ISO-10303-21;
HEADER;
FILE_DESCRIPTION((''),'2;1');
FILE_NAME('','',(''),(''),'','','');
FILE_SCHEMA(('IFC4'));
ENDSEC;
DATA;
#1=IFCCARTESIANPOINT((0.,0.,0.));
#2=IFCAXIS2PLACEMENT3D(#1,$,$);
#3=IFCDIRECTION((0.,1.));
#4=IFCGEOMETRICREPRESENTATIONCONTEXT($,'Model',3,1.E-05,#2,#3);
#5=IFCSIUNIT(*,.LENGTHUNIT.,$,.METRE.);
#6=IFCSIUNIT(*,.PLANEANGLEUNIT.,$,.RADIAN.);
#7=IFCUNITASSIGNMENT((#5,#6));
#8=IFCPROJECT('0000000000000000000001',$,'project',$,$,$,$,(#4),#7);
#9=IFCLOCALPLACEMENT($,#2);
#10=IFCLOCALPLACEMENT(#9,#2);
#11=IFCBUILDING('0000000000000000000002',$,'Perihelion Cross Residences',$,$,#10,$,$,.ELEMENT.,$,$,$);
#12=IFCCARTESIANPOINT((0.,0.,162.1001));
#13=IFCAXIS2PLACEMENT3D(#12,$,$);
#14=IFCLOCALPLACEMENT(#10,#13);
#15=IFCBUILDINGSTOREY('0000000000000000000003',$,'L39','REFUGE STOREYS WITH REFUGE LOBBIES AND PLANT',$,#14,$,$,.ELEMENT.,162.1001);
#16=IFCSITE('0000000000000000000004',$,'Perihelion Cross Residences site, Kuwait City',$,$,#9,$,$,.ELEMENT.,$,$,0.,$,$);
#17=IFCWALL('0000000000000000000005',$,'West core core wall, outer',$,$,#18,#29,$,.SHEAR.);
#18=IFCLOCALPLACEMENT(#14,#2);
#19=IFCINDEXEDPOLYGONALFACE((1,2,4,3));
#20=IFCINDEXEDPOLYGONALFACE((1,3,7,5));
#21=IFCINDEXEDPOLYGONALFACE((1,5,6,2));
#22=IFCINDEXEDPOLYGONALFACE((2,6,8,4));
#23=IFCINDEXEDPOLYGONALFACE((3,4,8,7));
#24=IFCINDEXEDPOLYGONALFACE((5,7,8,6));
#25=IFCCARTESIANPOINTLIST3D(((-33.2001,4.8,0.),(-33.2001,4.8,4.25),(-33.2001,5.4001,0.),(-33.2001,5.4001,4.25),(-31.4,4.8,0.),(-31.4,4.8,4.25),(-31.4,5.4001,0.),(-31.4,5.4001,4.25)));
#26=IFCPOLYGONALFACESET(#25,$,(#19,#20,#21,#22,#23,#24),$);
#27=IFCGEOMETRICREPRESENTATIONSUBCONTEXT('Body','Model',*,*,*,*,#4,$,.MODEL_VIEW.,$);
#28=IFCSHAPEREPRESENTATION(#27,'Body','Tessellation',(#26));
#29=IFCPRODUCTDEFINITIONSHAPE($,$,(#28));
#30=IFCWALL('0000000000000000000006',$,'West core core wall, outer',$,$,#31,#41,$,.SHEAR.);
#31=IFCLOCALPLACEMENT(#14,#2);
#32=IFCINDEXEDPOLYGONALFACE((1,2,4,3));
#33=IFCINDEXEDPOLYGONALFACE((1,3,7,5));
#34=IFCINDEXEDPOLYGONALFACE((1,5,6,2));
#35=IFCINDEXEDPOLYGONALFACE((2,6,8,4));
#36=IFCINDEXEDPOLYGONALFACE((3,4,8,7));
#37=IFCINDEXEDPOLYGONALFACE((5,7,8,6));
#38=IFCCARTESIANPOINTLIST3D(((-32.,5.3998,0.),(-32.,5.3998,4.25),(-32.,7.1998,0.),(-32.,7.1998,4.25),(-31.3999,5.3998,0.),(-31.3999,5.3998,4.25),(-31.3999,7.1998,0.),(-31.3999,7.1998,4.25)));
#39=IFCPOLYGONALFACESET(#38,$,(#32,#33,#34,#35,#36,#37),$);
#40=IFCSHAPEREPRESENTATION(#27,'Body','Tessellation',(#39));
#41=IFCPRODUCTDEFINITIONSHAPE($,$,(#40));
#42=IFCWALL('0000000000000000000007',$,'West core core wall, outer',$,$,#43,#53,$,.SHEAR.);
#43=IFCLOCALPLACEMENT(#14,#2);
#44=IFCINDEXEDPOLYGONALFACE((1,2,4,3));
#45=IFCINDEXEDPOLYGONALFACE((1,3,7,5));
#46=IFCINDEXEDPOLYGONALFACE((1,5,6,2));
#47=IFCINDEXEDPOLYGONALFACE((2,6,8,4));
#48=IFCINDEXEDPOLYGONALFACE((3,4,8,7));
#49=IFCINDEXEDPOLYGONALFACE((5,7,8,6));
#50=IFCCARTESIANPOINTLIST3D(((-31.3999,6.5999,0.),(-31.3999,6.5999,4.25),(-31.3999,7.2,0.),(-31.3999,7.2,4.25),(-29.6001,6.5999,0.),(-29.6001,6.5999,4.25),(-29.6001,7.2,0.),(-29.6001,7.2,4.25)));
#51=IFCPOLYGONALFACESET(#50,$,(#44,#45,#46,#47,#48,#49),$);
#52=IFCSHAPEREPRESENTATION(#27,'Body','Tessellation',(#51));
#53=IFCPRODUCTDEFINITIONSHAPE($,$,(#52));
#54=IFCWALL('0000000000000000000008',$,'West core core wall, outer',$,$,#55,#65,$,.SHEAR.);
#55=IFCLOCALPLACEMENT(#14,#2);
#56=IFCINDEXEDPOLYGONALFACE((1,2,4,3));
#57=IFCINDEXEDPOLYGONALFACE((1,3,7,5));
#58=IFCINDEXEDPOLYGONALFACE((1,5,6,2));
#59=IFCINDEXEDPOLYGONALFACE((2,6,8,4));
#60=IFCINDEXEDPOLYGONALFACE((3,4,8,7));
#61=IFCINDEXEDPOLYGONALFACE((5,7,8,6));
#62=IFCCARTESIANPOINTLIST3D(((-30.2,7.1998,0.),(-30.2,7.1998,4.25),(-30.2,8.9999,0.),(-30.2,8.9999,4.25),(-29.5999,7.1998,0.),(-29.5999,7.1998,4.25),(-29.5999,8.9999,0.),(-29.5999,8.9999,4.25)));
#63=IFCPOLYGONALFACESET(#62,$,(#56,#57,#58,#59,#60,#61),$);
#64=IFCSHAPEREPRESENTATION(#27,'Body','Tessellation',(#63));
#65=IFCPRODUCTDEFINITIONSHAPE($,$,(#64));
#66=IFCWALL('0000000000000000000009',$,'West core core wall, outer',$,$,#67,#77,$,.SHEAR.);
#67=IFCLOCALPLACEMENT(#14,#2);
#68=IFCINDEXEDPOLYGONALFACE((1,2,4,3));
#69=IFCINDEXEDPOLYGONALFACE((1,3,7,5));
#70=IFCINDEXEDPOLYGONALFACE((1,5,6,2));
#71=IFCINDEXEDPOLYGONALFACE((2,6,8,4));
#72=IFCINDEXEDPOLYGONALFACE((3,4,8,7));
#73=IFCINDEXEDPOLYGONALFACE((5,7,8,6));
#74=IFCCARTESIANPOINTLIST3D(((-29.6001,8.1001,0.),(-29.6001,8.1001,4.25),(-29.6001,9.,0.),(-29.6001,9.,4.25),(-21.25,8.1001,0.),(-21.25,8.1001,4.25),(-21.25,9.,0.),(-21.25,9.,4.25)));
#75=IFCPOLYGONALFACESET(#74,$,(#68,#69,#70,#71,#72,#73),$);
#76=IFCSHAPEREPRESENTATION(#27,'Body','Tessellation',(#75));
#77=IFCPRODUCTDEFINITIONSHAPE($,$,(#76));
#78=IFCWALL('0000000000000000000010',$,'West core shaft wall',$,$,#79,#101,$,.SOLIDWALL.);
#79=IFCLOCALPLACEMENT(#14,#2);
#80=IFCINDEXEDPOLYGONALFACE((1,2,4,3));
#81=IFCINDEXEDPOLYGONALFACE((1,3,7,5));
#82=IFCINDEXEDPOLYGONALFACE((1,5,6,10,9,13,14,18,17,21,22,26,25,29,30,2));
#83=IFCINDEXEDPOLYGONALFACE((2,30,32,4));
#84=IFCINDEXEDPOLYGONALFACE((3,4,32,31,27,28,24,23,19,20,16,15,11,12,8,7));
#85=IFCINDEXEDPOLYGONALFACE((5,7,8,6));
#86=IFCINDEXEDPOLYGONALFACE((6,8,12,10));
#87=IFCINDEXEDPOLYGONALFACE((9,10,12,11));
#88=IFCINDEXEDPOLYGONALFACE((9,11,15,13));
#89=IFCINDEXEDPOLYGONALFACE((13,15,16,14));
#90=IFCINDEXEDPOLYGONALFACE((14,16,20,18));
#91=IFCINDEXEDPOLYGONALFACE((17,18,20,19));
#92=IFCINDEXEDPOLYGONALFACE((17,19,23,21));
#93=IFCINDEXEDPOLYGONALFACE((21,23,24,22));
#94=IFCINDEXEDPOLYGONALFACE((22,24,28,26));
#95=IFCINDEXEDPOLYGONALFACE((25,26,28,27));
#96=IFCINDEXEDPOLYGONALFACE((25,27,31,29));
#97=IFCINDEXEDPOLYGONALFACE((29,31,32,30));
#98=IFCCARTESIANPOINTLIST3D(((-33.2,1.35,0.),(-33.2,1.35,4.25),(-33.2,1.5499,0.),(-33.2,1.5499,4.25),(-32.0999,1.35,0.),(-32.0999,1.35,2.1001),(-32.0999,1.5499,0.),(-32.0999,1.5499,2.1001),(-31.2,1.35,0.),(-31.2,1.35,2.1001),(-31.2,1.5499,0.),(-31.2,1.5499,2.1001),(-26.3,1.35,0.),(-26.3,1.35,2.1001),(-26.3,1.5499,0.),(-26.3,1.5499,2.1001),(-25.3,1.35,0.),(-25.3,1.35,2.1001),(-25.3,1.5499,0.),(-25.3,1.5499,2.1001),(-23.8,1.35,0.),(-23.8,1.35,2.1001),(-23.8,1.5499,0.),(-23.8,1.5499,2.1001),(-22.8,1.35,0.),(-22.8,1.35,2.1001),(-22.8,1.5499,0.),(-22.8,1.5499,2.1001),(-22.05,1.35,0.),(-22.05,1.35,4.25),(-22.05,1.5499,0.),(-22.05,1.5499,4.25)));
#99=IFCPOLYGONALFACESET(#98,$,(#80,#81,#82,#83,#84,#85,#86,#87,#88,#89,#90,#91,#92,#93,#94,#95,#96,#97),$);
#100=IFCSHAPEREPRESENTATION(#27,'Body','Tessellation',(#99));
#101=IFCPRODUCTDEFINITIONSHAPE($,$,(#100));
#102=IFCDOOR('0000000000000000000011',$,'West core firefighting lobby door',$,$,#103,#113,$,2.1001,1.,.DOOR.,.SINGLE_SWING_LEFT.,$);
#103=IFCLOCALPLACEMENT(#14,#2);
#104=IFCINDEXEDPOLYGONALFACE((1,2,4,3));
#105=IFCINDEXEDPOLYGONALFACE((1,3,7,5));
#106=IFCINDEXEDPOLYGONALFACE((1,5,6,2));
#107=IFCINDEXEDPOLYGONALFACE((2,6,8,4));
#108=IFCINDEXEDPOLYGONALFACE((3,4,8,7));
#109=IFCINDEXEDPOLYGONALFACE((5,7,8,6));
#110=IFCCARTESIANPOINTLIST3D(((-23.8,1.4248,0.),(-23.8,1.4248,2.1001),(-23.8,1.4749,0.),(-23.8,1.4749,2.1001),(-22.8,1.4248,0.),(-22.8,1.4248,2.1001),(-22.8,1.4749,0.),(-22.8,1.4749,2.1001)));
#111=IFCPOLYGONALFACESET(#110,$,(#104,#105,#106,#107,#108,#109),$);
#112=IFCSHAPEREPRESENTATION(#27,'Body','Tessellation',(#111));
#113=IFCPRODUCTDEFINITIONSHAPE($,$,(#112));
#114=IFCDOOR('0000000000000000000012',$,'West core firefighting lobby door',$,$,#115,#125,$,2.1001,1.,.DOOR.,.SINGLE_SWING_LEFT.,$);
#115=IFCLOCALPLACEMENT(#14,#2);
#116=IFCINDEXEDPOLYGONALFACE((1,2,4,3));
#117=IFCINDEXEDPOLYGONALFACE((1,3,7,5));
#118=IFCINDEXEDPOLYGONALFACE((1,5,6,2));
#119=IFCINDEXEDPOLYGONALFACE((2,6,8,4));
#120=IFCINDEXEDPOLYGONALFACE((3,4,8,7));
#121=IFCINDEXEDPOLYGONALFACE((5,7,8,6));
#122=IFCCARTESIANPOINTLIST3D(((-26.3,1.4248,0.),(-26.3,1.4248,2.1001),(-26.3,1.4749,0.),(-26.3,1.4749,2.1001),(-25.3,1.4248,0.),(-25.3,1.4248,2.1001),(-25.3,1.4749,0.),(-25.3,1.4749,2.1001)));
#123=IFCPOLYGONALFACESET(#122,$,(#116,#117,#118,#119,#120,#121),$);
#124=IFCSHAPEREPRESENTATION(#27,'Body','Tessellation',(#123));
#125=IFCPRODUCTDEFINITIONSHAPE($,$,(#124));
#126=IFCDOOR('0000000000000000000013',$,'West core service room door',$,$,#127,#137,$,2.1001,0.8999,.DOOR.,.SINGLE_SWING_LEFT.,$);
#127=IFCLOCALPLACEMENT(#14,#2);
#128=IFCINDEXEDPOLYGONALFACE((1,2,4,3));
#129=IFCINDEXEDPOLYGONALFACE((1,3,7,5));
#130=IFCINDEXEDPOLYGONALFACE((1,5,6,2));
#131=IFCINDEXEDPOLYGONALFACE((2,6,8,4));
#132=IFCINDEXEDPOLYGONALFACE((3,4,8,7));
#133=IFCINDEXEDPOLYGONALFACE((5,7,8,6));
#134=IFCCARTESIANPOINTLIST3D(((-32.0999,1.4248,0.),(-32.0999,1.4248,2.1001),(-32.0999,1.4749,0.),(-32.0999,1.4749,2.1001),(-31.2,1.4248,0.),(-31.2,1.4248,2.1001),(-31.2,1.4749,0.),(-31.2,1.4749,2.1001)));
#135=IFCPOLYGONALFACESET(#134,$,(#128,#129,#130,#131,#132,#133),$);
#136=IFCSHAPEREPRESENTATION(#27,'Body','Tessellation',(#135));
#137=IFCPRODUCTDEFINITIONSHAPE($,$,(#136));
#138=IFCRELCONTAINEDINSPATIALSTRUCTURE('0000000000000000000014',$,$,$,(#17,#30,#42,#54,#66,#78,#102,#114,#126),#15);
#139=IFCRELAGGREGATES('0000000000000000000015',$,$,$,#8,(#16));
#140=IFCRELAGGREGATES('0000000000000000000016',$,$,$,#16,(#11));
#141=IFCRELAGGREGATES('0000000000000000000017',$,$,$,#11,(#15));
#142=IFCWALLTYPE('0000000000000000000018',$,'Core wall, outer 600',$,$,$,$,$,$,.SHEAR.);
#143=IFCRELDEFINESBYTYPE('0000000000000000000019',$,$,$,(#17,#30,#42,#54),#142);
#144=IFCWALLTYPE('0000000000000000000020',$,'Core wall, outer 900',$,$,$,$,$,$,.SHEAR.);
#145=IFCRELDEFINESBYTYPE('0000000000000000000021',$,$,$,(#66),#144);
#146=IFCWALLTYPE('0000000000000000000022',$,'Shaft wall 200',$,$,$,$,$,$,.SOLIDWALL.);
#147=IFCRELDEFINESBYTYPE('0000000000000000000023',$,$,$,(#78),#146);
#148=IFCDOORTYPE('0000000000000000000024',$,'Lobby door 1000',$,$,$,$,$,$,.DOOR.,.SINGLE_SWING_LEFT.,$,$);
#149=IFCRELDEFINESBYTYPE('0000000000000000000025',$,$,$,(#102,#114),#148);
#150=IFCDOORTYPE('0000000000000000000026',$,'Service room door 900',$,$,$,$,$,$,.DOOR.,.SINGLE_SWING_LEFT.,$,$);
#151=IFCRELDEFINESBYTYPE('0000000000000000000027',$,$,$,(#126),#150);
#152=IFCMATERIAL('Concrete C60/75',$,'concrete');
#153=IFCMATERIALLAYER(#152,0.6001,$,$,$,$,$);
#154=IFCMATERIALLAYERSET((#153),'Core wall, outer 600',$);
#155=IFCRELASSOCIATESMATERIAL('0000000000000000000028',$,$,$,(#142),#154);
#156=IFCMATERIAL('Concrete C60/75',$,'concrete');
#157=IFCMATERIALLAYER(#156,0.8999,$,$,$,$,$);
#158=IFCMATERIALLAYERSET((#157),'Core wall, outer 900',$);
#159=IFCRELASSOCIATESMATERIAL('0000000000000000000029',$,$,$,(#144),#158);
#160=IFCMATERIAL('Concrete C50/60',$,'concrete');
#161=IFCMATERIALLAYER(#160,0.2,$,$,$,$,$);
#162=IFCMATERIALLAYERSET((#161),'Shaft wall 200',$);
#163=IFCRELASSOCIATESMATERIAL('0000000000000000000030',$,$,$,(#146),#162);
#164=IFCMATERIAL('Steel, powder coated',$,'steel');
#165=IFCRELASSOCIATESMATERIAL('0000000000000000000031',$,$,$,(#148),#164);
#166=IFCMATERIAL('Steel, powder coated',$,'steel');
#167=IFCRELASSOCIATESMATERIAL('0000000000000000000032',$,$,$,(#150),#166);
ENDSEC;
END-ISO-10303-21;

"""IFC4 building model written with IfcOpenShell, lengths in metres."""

from ifc_helpers import new_model, si_unit, direction, frame, frame_2d, origin, place, context, subcontext, project, spatial, rectangle, extrude, material, layer, layer_set, type_object, element, fill, save


model = new_model("IFC4")

# Units and contexts
model_context = context("Model", 3, precision=1e-05, world=origin(), true_north=direction((0.0, 1.0)))
body_context = subcontext(model_context, "Body", "Model", "MODEL_VIEW")
ifc_project = project(units=[si_unit("LENGTHUNIT", "METRE"), si_unit("PLANEANGLEUNIT", "RADIAN")], contexts=[model_context])

# Site, building, storey
site_placement = place(None, origin())
site = spatial("IfcSite", under=ifc_project, at=site_placement, Name="Perihelion Cross Residences site, Kuwait City", CompositionType="ELEMENT", RefElevation=0.0)
building_placement = place(site_placement, origin())
building = spatial("IfcBuilding", under=site, at=building_placement, Name="Perihelion Cross Residences", CompositionType="ELEMENT")
storey_placement = place(building_placement, frame((0.0, 0.0, 162.1001)))
storey = spatial("IfcBuildingStorey", under=building, at=storey_placement, Name="L39", Description="REFUGE STOREYS WITH REFUGE LOBBIES AND PLANT", CompositionType="ELEMENT", Elevation=162.1001)

# Walls
ifc_material_1 = material(Name="Concrete C60/75", Category="concrete")
ifc_layer_1 = layer(ifc_material_1, 0.6001)
ifc_layer_set_1 = layer_set([ifc_layer_1], Name="Core wall, outer 600")
wall_type_1 = type_object("IfcWallType", Name="Core wall, outer 600", PredefinedType="SHEAR", material=ifc_layer_set_1)
for number, where, z_axis, x_axis, name in (
    (1, (-33.2, 5.1001, 0.0), (0.0, 0.0, 1.0), (1.0, 0.0, 0.0), "West core core wall, outer"),
    (2, (-31.7, 5.3999, 0.0), (0.0, 0.0, 1.0), (0.0, 1.0, 0.0), "West core core wall, outer"),
):
    element("IfcWall", number, at=place(storey_placement, frame(where, z_axis=z_axis, x_axis=x_axis)), inside=storey, type_object=wall_type_1, Name=name, PredefinedType="SHEAR", context=body_context, shape_type="SweptSolid", body=[
        extrude(rectangle(XDim=1.8, YDim=0.6001, at=frame_2d((0.8999, 0.0))), origin(), (0.0, 0.0, 1.0), 4.25),
    ])
wall_1_placement = place(storey_placement, frame((-31.3999, 6.8999, 0.0), z_axis=(0.0, 0.0, 1.0), x_axis=(1.0, 0.0, 0.0)))
element("IfcWall", 3, at=wall_1_placement, inside=storey, type_object=wall_type_1, Name="West core core wall, outer", PredefinedType="SHEAR", context=body_context, shape_type="SweptSolid", body=[
    extrude(rectangle(XDim=1.7998, YDim=0.6001, at=frame_2d((0.8999, 0.0))), origin(), (0.0, 0.0, 1.0), 4.25),
])
wall_2_placement = place(storey_placement, frame((-29.8999, 7.2, 0.0), z_axis=(0.0, 0.0, 1.0), x_axis=(0.0, 1.0, 0.0)))
element("IfcWall", 4, at=wall_2_placement, inside=storey, type_object=wall_type_1, Name="West core core wall, outer", PredefinedType="SHEAR", context=body_context, shape_type="SweptSolid", body=[
    extrude(rectangle(XDim=1.8, YDim=0.6001, at=frame_2d((0.8999, 0.0))), origin(), (0.0, 0.0, 1.0), 4.25),
])
ifc_material_2 = material(Name="Concrete C60/75", Category="concrete")
ifc_layer_2 = layer(ifc_material_2, 0.8999)
ifc_layer_set_2 = layer_set([ifc_layer_2], Name="Core wall, outer 900")
wall_type_2 = type_object("IfcWallType", Name="Core wall, outer 900", PredefinedType="SHEAR", material=ifc_layer_set_2)
wall_3_placement = place(storey_placement, frame((-29.6001, 8.55, 0.0), z_axis=(0.0, 0.0, 1.0), x_axis=(1.0, 0.0, 0.0)))
element("IfcWall", 5, at=wall_3_placement, inside=storey, type_object=wall_type_2, Name="West core core wall, outer", PredefinedType="SHEAR", context=body_context, shape_type="SweptSolid", body=[
    extrude(rectangle(XDim=8.3501, YDim=0.8999, at=frame_2d((4.175, 0.0))), origin(), (0.0, 0.0, 1.0), 4.25),
])

# Wall, openings, doors
ifc_material_3 = material(Name="Concrete C50/60", Category="concrete")
ifc_layer_3 = layer(ifc_material_3, 0.2)
ifc_layer_set_3 = layer_set([ifc_layer_3], Name="Shaft wall 200")
wall_type_3 = type_object("IfcWallType", Name="Shaft wall 200", PredefinedType="SOLIDWALL", material=ifc_layer_set_3)
wall_4_placement = place(storey_placement, frame((-33.2, 1.45, 0.0), z_axis=(0.0, 0.0, 1.0), x_axis=(1.0, 0.0, 0.0)))
wall_4 = element("IfcWall", 6, at=wall_4_placement, inside=storey, type_object=wall_type_3, Name="West core shaft wall", PredefinedType="SOLIDWALL", context=body_context, shape_type="SweptSolid", body=[
    extrude(rectangle(XDim=11.1499, YDim=0.2, at=frame_2d((5.575, 0.0))), origin(), (0.0, 0.0, 1.0), 4.25),
])
opening_1_placement = place(wall_4_placement, frame((9.3999, 0.0, 0.0)))
opening_1 = element("IfcOpeningElement", 7, at=opening_1_placement, cuts=wall_4, PredefinedType="OPENING", context=body_context, shape_type="SweptSolid", body=[
    extrude(rectangle(XDim=1.0, YDim=2.1001, at=frame_2d((0.5, 1.05))), frame((0.0, 0.1099, 0.0), z_axis=(0.0, -1.0, 0.0), x_axis=(1.0, 0.0, 0.0)), (0.0, 0.0, 1.0), 0.22),
])
opening_2_placement = place(wall_4_placement, frame((6.8999, 0.0, 0.0)))
opening_2 = element("IfcOpeningElement", 8, at=opening_2_placement, cuts=wall_4, PredefinedType="OPENING", context=body_context, shape_type="SweptSolid", body=[
    extrude(rectangle(XDim=1.0, YDim=2.1001, at=frame_2d((0.5, 1.05))), frame((0.0, 0.1099, 0.0), z_axis=(0.0, -1.0, 0.0), x_axis=(1.0, 0.0, 0.0)), (0.0, 0.0, 1.0), 0.22),
])
opening_3_placement = place(wall_4_placement, frame((1.1001, 0.0, 0.0)))
opening_3 = element("IfcOpeningElement", 9, at=opening_3_placement, cuts=wall_4, PredefinedType="OPENING", context=body_context, shape_type="SweptSolid", body=[
    extrude(rectangle(XDim=0.8999, YDim=2.1001, at=frame_2d((0.45, 1.05))), frame((0.0, 0.1099, 0.0), z_axis=(0.0, -1.0, 0.0), x_axis=(1.0, 0.0, 0.0)), (0.0, 0.0, 1.0), 0.22),
])
ifc_material_4 = material(Name="Steel, powder coated", Category="steel")
door_type_1 = type_object("IfcDoorType", Name="Lobby door 1000", OperationType="SINGLE_SWING_LEFT", PredefinedType="DOOR", material=ifc_material_4)
door_1_placement = place(opening_1_placement, origin())
door_1 = element("IfcDoor", 10, at=door_1_placement, inside=storey, type_object=door_type_1, Name="West core firefighting lobby door", OperationType="SINGLE_SWING_LEFT", OverallHeight=2.1001, OverallWidth=1.0, PredefinedType="DOOR", context=body_context, shape_type="SweptSolid", body=[
    extrude(rectangle(XDim=1.0, YDim=2.1001, at=frame_2d((0.5, 1.05))), frame((0.0, 0.0249, 0.0), z_axis=(0.0, -1.0, 0.0), x_axis=(1.0, 0.0, 0.0)), (0.0, 0.0, 1.0), 0.05),
])
fill(opening_1, door_1)
door_2_placement = place(opening_2_placement, origin())
door_2 = element("IfcDoor", 11, at=door_2_placement, inside=storey, type_object=door_type_1, Name="West core firefighting lobby door", OperationType="SINGLE_SWING_LEFT", OverallHeight=2.1001, OverallWidth=1.0, PredefinedType="DOOR", context=body_context, shape_type="SweptSolid", body=[
    extrude(rectangle(XDim=1.0, YDim=2.1001, at=frame_2d((0.5, 1.05))), frame((0.0, 0.0249, 0.0), z_axis=(0.0, -1.0, 0.0), x_axis=(1.0, 0.0, 0.0)), (0.0, 0.0, 1.0), 0.05),
])
fill(opening_2, door_2)
ifc_material_5 = material(Name="Steel, powder coated", Category="steel")
door_type_2 = type_object("IfcDoorType", Name="Service room door 900", OperationType="SINGLE_SWING_LEFT", PredefinedType="DOOR", material=ifc_material_5)
door_3_placement = place(opening_3_placement, origin())
door_3 = element("IfcDoor", 12, at=door_3_placement, inside=storey, type_object=door_type_2, Name="West core service room door", OperationType="SINGLE_SWING_LEFT", OverallHeight=2.1001, OverallWidth=0.8999, PredefinedType="DOOR", context=body_context, shape_type="SweptSolid", body=[
    extrude(rectangle(XDim=0.8999, YDim=2.1001, at=frame_2d((0.45, 1.05))), frame((0.0, 0.0249, 0.0), z_axis=(0.0, -1.0, 0.0), x_axis=(1.0, 0.0, 0.0)), (0.0, 0.0, 1.0), 0.05),
])
fill(opening_3, door_3)

save(model, "model.ifc")
